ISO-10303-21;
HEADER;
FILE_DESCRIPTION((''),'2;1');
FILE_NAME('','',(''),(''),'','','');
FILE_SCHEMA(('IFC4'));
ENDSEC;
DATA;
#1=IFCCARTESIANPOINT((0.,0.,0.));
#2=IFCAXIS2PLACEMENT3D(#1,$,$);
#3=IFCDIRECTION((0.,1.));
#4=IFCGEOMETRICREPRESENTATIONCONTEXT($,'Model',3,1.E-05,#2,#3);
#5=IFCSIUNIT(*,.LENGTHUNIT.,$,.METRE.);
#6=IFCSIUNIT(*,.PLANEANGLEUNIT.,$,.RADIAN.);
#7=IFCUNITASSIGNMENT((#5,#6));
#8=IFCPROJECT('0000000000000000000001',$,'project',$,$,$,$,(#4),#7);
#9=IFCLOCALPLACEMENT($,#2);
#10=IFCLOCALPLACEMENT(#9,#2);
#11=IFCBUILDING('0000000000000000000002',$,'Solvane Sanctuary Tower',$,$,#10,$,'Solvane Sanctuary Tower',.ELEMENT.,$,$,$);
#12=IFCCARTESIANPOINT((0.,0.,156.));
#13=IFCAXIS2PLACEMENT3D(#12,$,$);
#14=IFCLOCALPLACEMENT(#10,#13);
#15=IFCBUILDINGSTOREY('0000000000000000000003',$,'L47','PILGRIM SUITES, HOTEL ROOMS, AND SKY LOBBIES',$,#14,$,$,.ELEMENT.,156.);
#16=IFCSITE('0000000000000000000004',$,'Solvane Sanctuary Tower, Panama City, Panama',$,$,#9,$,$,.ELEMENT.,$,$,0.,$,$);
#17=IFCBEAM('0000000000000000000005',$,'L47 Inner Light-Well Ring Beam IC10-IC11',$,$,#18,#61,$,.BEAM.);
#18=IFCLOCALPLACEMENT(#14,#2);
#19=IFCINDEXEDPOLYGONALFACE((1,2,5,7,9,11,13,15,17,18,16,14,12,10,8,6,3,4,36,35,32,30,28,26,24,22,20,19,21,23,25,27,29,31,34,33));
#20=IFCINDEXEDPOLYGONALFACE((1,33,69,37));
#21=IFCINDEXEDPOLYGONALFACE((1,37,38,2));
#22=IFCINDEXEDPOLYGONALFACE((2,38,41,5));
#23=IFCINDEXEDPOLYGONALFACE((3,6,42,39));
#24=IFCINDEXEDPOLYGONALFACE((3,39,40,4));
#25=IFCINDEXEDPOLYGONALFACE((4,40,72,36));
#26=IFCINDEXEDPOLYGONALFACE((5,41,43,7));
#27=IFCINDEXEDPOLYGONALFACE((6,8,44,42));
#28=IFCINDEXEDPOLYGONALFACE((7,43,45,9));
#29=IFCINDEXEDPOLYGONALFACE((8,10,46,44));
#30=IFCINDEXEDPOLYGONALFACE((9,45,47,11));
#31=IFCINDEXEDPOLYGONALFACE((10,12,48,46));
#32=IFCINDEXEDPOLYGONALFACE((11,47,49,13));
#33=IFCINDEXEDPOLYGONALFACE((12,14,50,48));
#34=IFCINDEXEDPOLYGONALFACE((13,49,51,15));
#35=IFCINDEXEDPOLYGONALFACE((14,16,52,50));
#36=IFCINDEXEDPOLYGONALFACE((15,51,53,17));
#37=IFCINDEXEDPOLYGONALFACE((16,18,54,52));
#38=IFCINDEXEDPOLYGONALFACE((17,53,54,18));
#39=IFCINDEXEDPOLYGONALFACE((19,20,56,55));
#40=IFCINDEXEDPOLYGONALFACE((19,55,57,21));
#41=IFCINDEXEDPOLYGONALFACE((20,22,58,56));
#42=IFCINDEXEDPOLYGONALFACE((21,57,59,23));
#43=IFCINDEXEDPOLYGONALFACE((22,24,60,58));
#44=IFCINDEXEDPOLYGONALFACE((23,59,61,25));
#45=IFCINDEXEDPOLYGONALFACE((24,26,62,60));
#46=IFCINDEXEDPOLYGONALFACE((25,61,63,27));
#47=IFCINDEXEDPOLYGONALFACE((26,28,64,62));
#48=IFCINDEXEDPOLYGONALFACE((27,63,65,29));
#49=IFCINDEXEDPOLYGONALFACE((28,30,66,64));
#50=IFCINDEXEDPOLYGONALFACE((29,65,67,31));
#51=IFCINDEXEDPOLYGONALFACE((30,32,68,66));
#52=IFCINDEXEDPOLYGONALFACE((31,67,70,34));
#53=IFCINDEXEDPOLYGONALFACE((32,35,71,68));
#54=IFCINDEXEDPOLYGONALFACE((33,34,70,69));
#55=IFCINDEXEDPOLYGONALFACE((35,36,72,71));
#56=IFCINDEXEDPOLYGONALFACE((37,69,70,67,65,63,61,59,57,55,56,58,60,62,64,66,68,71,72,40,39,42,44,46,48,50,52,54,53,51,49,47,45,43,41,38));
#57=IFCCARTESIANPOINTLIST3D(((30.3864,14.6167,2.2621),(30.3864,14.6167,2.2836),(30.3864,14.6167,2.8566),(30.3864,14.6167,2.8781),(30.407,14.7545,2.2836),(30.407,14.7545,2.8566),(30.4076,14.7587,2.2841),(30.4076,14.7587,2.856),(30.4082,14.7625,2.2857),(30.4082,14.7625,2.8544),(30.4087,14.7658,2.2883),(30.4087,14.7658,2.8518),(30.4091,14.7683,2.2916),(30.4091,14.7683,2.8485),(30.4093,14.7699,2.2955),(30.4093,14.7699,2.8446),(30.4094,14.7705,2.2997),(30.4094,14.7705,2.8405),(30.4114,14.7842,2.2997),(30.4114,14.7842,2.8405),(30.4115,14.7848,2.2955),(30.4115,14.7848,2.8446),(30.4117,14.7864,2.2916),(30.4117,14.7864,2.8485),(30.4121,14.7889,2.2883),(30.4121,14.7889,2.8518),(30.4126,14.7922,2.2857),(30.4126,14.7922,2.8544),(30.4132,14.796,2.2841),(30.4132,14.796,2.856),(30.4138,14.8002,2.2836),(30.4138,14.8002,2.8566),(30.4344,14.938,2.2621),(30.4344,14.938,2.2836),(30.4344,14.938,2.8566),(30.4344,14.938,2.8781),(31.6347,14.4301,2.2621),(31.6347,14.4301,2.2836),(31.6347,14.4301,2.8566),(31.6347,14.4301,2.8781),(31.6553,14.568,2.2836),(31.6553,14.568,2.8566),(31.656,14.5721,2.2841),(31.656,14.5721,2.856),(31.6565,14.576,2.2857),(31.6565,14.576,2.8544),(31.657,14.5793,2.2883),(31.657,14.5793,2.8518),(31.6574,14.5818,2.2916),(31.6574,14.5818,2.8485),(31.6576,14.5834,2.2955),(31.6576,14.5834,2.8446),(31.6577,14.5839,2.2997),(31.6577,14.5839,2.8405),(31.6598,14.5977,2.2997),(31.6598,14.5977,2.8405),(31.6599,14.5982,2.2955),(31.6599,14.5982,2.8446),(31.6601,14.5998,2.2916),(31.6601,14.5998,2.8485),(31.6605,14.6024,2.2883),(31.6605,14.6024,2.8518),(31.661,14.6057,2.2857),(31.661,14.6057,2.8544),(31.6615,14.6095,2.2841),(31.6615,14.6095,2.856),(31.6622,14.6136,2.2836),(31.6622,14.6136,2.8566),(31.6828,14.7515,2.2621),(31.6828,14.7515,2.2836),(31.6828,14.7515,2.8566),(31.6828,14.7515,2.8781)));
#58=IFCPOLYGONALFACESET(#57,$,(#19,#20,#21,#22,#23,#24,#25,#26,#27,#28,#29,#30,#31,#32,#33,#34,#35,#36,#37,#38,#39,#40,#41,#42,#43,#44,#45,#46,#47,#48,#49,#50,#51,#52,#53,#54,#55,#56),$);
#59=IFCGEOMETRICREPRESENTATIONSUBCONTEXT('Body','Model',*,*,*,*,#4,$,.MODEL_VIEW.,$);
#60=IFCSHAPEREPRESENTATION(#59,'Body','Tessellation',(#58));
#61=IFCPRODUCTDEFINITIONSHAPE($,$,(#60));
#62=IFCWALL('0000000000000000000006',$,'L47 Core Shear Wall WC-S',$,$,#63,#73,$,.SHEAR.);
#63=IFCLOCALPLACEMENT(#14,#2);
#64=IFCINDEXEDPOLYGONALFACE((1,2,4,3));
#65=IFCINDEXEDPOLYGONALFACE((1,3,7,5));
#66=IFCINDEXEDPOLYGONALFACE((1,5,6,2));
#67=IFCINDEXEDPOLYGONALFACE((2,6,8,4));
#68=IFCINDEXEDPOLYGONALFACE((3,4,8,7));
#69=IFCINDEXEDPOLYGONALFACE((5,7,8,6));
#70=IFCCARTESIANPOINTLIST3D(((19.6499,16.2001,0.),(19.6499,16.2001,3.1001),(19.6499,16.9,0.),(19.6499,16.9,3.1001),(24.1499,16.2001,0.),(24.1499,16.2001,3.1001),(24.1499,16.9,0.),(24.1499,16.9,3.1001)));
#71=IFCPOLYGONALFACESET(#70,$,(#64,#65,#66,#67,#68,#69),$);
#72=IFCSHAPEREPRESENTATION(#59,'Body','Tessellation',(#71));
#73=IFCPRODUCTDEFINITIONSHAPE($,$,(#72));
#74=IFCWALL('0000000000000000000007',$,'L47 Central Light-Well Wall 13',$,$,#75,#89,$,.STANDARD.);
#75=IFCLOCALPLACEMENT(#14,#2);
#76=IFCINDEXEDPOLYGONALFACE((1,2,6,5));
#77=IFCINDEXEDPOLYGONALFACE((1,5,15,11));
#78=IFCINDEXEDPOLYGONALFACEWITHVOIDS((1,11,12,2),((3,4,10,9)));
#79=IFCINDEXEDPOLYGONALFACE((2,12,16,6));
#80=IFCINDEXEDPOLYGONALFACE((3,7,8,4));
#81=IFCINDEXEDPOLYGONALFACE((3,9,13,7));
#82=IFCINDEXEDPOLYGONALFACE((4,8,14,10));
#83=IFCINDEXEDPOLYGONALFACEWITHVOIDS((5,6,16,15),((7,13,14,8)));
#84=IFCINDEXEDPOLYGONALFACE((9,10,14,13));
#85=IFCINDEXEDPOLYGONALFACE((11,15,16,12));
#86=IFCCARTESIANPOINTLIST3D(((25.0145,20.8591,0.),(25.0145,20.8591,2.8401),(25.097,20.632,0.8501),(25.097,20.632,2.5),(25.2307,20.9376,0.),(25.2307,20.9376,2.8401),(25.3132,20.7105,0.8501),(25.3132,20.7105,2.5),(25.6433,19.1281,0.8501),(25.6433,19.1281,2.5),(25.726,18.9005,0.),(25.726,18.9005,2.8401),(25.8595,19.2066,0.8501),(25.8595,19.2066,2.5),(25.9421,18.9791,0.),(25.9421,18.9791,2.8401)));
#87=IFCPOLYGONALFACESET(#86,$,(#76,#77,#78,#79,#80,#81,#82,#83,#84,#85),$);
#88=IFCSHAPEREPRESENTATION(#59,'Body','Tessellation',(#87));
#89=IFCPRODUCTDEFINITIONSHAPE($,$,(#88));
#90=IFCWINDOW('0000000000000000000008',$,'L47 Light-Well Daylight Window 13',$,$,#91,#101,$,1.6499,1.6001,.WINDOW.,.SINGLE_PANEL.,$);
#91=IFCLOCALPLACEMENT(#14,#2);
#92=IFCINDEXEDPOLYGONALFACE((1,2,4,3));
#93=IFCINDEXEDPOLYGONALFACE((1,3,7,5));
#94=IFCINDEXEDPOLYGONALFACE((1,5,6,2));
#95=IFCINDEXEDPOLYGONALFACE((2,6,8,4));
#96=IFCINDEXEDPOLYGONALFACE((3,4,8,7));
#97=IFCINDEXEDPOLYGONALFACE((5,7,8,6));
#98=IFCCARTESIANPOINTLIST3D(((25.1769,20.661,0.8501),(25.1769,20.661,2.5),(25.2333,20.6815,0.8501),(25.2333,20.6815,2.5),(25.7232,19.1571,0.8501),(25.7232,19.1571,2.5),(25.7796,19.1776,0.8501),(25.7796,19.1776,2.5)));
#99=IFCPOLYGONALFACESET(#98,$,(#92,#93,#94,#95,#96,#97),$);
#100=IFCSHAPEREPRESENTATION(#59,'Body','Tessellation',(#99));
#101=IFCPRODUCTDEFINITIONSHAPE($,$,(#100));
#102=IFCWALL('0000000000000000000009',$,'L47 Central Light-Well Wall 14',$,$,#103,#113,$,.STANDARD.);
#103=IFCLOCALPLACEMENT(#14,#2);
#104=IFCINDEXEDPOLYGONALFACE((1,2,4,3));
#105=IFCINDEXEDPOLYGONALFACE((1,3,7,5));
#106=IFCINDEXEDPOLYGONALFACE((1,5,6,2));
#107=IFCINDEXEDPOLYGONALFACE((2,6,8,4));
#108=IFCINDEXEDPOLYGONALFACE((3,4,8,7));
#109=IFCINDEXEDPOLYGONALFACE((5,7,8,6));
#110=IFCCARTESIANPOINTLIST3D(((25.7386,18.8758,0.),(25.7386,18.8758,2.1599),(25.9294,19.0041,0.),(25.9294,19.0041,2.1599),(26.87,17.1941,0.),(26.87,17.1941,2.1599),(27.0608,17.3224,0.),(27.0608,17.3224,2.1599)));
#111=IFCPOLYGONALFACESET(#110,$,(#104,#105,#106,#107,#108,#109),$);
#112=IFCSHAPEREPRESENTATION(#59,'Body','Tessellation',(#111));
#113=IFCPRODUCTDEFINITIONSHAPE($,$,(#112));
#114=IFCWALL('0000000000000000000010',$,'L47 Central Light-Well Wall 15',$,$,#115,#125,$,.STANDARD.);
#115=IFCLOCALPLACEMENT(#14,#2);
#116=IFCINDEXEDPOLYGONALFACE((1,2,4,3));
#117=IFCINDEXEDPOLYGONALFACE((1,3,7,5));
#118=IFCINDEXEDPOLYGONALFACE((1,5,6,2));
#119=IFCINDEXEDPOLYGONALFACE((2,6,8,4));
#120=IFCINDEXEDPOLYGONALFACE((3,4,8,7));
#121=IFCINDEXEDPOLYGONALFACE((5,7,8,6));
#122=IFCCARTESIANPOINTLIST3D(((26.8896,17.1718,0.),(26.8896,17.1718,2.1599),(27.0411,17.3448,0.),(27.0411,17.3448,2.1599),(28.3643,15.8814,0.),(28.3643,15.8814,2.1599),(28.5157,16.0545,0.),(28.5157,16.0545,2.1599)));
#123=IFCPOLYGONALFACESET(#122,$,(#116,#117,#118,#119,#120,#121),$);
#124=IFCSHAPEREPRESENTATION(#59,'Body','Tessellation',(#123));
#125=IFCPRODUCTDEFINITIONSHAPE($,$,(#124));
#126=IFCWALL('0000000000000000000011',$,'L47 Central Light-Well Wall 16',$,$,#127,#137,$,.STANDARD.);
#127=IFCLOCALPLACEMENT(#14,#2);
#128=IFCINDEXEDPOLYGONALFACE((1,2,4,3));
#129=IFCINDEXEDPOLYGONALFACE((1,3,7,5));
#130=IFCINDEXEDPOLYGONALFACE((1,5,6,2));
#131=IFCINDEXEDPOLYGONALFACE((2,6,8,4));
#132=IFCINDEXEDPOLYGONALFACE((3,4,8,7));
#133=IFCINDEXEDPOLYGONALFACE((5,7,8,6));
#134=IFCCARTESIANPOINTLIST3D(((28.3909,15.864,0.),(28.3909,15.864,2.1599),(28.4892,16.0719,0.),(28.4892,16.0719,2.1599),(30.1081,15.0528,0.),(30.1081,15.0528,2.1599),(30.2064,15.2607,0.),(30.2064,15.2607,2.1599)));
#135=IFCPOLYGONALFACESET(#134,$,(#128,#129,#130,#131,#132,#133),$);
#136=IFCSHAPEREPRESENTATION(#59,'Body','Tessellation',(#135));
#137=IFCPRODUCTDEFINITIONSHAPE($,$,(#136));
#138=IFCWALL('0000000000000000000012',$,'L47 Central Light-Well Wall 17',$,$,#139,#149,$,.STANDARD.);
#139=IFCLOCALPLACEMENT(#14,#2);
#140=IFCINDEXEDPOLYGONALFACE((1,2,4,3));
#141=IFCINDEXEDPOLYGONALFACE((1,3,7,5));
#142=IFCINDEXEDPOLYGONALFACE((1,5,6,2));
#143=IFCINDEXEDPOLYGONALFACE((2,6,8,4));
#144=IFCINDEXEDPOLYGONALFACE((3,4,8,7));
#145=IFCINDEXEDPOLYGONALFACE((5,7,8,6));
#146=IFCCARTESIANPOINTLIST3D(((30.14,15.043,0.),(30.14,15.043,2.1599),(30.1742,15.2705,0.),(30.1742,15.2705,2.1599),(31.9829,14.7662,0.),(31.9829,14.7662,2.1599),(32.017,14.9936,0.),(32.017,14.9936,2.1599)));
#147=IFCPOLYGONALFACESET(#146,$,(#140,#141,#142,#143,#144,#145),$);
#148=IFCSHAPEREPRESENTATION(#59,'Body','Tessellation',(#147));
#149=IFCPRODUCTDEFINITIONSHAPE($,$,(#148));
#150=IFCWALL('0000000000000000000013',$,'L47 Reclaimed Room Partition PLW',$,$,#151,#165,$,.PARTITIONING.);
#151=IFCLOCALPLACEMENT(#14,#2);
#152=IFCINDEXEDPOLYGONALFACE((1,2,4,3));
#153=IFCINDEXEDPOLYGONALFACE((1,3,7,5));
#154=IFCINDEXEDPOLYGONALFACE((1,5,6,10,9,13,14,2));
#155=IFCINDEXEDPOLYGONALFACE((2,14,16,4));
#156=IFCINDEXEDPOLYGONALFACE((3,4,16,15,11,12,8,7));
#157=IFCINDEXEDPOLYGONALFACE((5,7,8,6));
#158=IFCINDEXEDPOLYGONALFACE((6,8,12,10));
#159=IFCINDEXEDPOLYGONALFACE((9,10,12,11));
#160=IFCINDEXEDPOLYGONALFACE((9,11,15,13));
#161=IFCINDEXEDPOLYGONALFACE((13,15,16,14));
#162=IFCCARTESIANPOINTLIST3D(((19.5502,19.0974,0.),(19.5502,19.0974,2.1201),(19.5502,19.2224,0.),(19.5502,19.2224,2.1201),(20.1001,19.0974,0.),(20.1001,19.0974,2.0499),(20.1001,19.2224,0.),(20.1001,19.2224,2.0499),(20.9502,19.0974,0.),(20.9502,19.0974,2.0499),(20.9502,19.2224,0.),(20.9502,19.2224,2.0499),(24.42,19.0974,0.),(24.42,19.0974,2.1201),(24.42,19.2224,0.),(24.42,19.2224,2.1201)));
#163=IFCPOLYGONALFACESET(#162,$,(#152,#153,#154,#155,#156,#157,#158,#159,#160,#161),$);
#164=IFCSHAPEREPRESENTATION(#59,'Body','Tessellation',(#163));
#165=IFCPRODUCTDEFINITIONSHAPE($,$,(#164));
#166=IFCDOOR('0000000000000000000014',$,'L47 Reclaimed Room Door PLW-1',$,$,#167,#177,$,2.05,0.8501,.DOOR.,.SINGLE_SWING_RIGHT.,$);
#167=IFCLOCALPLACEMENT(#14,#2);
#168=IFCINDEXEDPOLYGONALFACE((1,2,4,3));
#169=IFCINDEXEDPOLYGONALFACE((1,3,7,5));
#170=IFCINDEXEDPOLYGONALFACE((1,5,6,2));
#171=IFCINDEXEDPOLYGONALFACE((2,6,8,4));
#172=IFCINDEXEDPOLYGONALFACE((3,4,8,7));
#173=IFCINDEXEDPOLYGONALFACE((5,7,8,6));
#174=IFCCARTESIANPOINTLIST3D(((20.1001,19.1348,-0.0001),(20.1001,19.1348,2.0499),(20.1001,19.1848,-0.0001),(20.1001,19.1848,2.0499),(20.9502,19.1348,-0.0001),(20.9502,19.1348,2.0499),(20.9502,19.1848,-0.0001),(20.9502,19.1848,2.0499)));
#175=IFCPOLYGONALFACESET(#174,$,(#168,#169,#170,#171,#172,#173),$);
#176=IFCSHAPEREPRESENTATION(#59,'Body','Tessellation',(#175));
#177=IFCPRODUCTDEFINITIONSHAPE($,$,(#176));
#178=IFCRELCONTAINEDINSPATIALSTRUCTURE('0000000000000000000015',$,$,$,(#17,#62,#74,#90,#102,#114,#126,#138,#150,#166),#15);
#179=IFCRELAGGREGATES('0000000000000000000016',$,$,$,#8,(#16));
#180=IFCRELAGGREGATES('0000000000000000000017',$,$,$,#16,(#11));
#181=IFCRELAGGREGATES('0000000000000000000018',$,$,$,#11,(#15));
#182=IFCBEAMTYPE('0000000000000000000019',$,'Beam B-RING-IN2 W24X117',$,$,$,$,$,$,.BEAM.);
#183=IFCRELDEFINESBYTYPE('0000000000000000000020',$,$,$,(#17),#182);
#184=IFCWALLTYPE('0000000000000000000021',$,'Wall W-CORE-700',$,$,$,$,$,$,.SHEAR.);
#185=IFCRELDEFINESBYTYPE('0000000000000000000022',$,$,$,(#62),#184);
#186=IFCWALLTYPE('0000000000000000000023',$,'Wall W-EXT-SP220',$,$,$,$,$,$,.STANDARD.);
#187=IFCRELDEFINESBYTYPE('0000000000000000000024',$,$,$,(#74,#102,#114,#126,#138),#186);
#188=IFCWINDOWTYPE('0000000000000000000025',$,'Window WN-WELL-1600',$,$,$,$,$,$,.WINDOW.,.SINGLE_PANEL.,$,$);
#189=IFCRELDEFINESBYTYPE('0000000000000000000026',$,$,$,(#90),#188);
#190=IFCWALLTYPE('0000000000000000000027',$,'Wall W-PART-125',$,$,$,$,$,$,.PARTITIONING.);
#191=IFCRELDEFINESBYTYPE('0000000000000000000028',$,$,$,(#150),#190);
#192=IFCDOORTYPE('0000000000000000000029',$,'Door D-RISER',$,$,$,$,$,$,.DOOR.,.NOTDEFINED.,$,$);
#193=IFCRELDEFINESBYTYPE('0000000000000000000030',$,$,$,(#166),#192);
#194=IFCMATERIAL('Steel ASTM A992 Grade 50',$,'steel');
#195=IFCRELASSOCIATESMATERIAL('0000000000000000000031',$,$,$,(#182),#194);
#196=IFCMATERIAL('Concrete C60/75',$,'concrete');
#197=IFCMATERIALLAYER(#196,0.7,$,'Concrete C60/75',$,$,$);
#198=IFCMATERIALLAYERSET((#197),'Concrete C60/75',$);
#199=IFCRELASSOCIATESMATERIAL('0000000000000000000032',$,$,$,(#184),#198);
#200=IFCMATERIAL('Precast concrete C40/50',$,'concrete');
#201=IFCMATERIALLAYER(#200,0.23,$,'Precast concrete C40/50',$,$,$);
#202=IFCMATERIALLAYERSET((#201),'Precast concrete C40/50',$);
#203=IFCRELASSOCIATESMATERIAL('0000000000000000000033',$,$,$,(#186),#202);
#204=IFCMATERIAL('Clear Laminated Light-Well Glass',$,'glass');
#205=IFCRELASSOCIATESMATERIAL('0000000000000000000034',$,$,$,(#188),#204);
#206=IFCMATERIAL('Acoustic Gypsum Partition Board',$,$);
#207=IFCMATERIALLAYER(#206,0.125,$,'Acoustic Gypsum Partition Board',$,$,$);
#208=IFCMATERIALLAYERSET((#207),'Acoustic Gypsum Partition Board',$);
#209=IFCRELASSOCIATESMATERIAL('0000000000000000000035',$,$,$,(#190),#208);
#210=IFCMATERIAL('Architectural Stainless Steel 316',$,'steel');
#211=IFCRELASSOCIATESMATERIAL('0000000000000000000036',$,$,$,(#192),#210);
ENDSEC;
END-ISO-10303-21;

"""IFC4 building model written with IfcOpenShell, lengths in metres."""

from ifc_helpers import new_model, si_unit, direction, frame, frame_2d, origin, origin_2d, place, context, subcontext, project, spatial, rectangle, i_section, extrude, material, layer, layer_set, material_profile, profile_set, type_object, element, fill, save


model = new_model("IFC4")

# Units and contexts
model_context = context("Model", 3, precision=1e-05, world=origin(), true_north=direction((0.0, 1.0)))
body_context = subcontext(model_context, "Body", "Model", "MODEL_VIEW")
ifc_project = project(units=[si_unit("LENGTHUNIT", "METRE"), si_unit("PLANEANGLEUNIT", "RADIAN")], contexts=[model_context])

# Site, building, storey
site_placement = place(None, origin())
site = spatial("IfcSite", under=ifc_project, at=site_placement, Name="Solvane Sanctuary Tower, Panama City, Panama", CompositionType="ELEMENT", RefElevation=0.0)
building_placement = place(site_placement, origin())
building = spatial("IfcBuilding", under=site, at=building_placement, Name="Solvane Sanctuary Tower", LongName="Solvane Sanctuary Tower", CompositionType="ELEMENT")
storey_placement = place(building_placement, frame((0.0, 0.0, 156.0)))
storey = spatial("IfcBuildingStorey", under=building, at=storey_placement, Name="L47", Description="PILGRIM SUITES, HOTEL ROOMS, AND SKY LOBBIES", CompositionType="ELEMENT", Elevation=156.0)

# Beam
ifc_material_1 = material(Name="Steel ASTM A992 Grade 50", Category="steel")
ifc_material_profile_1 = material_profile(ifc_material_1, i_section(OverallWidth=0.325, OverallDepth=0.616, WebThickness=0.0139, FlangeThickness=0.0215, FilletRadius=0.0161, at=origin_2d()), Name="W24X117")
ifc_profile_set_1 = profile_set([ifc_material_profile_1], Name="Steel ASTM A992 Grade 50")
beam_type_1 = type_object("IfcBeamType", Name="Beam B-RING-IN2 W24X117", PredefinedType="BEAM", material=ifc_profile_set_1)
beam_1_placement = place(storey_placement, frame((30.4104, 14.7773, 2.5701), z_axis=(0.98902, -0.147782, 0.0), x_axis=(0.147782, 0.98902, 0.0)))
element("IfcBeam", 1, at=beam_1_placement, inside=storey, type_object=beam_type_1, Name="L47 Inner Light-Well Ring Beam IC10-IC11", PredefinedType="BEAM", context=body_context, shape_type="SweptSolid", body=[
    extrude(i_section(OverallWidth=0.325, OverallDepth=0.616, WebThickness=0.0139, FlangeThickness=0.0215, FilletRadius=0.0161, at=origin_2d()), origin(), (0.0, 0.0, 1.0), 1.2622),
])

# Wall
ifc_material_2 = material(Name="Concrete C60/75", Category="concrete")
ifc_layer_1 = layer(ifc_material_2, 0.7, Name="Concrete C60/75")
ifc_layer_set_1 = layer_set([ifc_layer_1], Name="Concrete C60/75")
wall_type_1 = type_object("IfcWallType", Name="Wall W-CORE-700", PredefinedType="SHEAR", material=ifc_layer_set_1)
wall_1_placement = place(storey_placement, frame((19.6499, 16.55, 0.0), z_axis=(0.0, 0.0, 1.0), x_axis=(1.0, 0.0, 0.0)))
element("IfcWall", 2, at=wall_1_placement, inside=storey, type_object=wall_type_1, Name="L47 Core Shear Wall WC-S", PredefinedType="SHEAR", context=body_context, shape_type="SweptSolid", body=[
    extrude(rectangle(XDim=4.5, YDim=0.7, at=frame_2d((2.25, 0.0))), origin(), (0.0, 0.0, 1.0), 3.1001),
])

# Wall, opening, window
ifc_material_3 = material(Name="Precast concrete C40/50", Category="concrete")
ifc_layer_2 = layer(ifc_material_3, 0.23, Name="Precast concrete C40/50")
ifc_layer_set_2 = layer_set([ifc_layer_2], Name="Precast concrete C40/50")
wall_type_2 = type_object("IfcWallType", Name="Wall W-EXT-SP220", PredefinedType="STANDARD", material=ifc_layer_set_2)
wall_2_placement = place(storey_placement, frame((25.1226, 20.8984, 0.0), z_axis=(0.0, 0.0, 1.0), x_axis=(0.341423, -0.93991, 0.0)))
wall_2 = element("IfcWall", 3, at=wall_2_placement, inside=storey, type_object=wall_type_2, Name="L47 Central Light-Well Wall 13", PredefinedType="STANDARD", context=body_context, shape_type="SweptSolid", body=[
    extrude(rectangle(XDim=2.0837, YDim=0.23, at=frame_2d((1.042, 0.0))), origin(), (0.0, 0.0, 1.0), 2.8401),
])
opening_1_placement = place(wall_2_placement, frame((0.2417, 0.0, 0.8501)))
opening_1 = element("IfcOpeningElement", 4, at=opening_1_placement, cuts=wall_2, PredefinedType="OPENING", context=body_context, shape_type="SweptSolid", body=[
    extrude(rectangle(XDim=1.6001, YDim=1.6499, at=frame_2d((0.8, 0.825))), frame((0.0, 0.125, 0.0), z_axis=(0.0, -1.0, 0.0), x_axis=(1.0, 0.0, 0.0)), (0.0, 0.0, 1.0), 0.25),
])
ifc_material_4 = material(Name="Clear Laminated Light-Well Glass", Category="glass")
window_type = type_object("IfcWindowType", Name="Window WN-WELL-1600", PartitioningType="SINGLE_PANEL", PredefinedType="WINDOW", material=ifc_material_4)
window_placement = place(opening_1_placement, origin())
window = element("IfcWindow", 5, at=window_placement, inside=storey, type_object=window_type, Name="L47 Light-Well Daylight Window 13", OverallHeight=1.6499, OverallWidth=1.6001, PartitioningType="SINGLE_PANEL", PredefinedType="WINDOW", context=body_context, shape_type="SweptSolid", body=[
    extrude(rectangle(XDim=1.6001, YDim=1.6499, at=frame_2d((0.8, 0.825))), frame((0.0, 0.03, 0.0), z_axis=(0.0, -1.0, 0.0), x_axis=(1.0, 0.0, 0.0)), (0.0, 0.0, 1.0), 0.0601),
])
fill(opening_1, window)

# Walls
wall_3_placement = place(storey_placement, frame((25.834, 18.9399, 0.0), z_axis=(0.0, 0.0, 1.0), x_axis=(0.558198, -0.829708, 0.0)))
element("IfcWall", 6, at=wall_3_placement, inside=storey, type_object=wall_type_2, Name="L47 Central Light-Well Wall 14", PredefinedType="STANDARD", context=body_context, shape_type="SweptSolid", body=[
    extrude(rectangle(XDim=2.0269, YDim=0.23, at=frame_2d((1.0134, 0.0))), origin(), (0.0, 0.0, 1.0), 2.1599),
])
wall_4_placement = place(storey_placement, frame((26.9653, 17.2583, 0.0), z_axis=(0.0, 0.0, 1.0), x_axis=(0.752577, -0.658505, 0.0)))
element("IfcWall", 7, at=wall_4_placement, inside=storey, type_object=wall_type_2, Name="L47 Central Light-Well Wall 15", PredefinedType="STANDARD", context=body_context, shape_type="SweptSolid", body=[
    extrude(rectangle(XDim=1.9595, YDim=0.23, at=frame_2d((0.9797, 0.0))), origin(), (0.0, 0.0, 1.0), 2.1599),
])
wall_5_placement = place(storey_placement, frame((28.4399, 15.968, 0.0), z_axis=(0.0, 0.0, 1.0), x_axis=(0.90418, -0.427152, 0.0)))
element("IfcWall", 8, at=wall_5_placement, inside=storey, type_object=wall_type_2, Name="L47 Central Light-Well Wall 16", PredefinedType="STANDARD", context=body_context, shape_type="SweptSolid", body=[
    extrude(rectangle(XDim=1.8992, YDim=0.23, at=frame_2d((0.9497, 0.0))), origin(), (0.0, 0.0, 1.0), 2.1599),
])
wall_6_placement = place(storey_placement, frame((30.1572, 15.1567, 0.0), z_axis=(0.0, 0.0, 1.0), x_axis=(0.988902, -0.148571, 0.0)))
element("IfcWall", 9, at=wall_6_placement, inside=storey, type_object=wall_type_2, Name="L47 Central Light-Well Wall 17", PredefinedType="STANDARD", context=body_context, shape_type="SweptSolid", body=[
    extrude(rectangle(XDim=1.8635, YDim=0.23, at=frame_2d((0.9316, 0.0))), origin(), (0.0, 0.0, 1.0), 2.1599),
])

# Wall, opening, door
ifc_material_5 = material(Name="Acoustic Gypsum Partition Board")
ifc_layer_3 = layer(ifc_material_5, 0.125, Name="Acoustic Gypsum Partition Board")
ifc_layer_set_3 = layer_set([ifc_layer_3], Name="Acoustic Gypsum Partition Board")
wall_type_3 = type_object("IfcWallType", Name="Wall W-PART-125", PredefinedType="PARTITIONING", material=ifc_layer_set_3)
wall_7_placement = place(storey_placement, frame((19.55, 19.1599, 0.0), z_axis=(0.0, 0.0, 1.0), x_axis=(1.0, 0.0, 0.0)))
wall_7 = element("IfcWall", 10, at=wall_7_placement, inside=storey, type_object=wall_type_3, Name="L47 Reclaimed Room Partition PLW", PredefinedType="PARTITIONING", context=body_context, shape_type="SweptSolid", body=[
    extrude(rectangle(XDim=4.8699, YDim=0.125, at=frame_2d((2.4351, 0.0))), origin(), (0.0, 0.0, 1.0), 2.1201),
])
opening_2_placement = place(wall_7_placement, frame((0.55, 0.0, 0.0)))
opening_2 = element("IfcOpeningElement", 11, at=opening_2_placement, cuts=wall_7, PredefinedType="OPENING", context=body_context, shape_type="SweptSolid", body=[
    extrude(rectangle(XDim=0.8501, YDim=2.05, at=frame_2d((0.425, 1.0249))), frame((0.0, 0.0725, 0.0), z_axis=(0.0, -1.0, 0.0), x_axis=(1.0, 0.0, 0.0)), (0.0, 0.0, 1.0), 0.145),
])
ifc_material_6 = material(Name="Architectural Stainless Steel 316", Category="steel")
door_type = type_object("IfcDoorType", Name="Door D-RISER", OperationType="NOTDEFINED", PredefinedType="DOOR", material=ifc_material_6)
door_placement = place(opening_2_placement, origin())
door = element("IfcDoor", 12, at=door_placement, inside=storey, type_object=door_type, Name="L47 Reclaimed Room Door PLW-1", OperationType="SINGLE_SWING_RIGHT", OverallHeight=2.05, OverallWidth=0.8501, PredefinedType="DOOR", context=body_context, shape_type="SweptSolid", body=[
    extrude(rectangle(XDim=0.8501, YDim=2.05, at=frame_2d((0.425, 1.0249))), frame((0.0, 0.0249, 0.0), z_axis=(0.0, -1.0, 0.0), x_axis=(1.0, 0.0, 0.0)), (0.0, 0.0, 1.0), 0.05),
])
fill(opening_2, door)

save(model, "model.ifc")
